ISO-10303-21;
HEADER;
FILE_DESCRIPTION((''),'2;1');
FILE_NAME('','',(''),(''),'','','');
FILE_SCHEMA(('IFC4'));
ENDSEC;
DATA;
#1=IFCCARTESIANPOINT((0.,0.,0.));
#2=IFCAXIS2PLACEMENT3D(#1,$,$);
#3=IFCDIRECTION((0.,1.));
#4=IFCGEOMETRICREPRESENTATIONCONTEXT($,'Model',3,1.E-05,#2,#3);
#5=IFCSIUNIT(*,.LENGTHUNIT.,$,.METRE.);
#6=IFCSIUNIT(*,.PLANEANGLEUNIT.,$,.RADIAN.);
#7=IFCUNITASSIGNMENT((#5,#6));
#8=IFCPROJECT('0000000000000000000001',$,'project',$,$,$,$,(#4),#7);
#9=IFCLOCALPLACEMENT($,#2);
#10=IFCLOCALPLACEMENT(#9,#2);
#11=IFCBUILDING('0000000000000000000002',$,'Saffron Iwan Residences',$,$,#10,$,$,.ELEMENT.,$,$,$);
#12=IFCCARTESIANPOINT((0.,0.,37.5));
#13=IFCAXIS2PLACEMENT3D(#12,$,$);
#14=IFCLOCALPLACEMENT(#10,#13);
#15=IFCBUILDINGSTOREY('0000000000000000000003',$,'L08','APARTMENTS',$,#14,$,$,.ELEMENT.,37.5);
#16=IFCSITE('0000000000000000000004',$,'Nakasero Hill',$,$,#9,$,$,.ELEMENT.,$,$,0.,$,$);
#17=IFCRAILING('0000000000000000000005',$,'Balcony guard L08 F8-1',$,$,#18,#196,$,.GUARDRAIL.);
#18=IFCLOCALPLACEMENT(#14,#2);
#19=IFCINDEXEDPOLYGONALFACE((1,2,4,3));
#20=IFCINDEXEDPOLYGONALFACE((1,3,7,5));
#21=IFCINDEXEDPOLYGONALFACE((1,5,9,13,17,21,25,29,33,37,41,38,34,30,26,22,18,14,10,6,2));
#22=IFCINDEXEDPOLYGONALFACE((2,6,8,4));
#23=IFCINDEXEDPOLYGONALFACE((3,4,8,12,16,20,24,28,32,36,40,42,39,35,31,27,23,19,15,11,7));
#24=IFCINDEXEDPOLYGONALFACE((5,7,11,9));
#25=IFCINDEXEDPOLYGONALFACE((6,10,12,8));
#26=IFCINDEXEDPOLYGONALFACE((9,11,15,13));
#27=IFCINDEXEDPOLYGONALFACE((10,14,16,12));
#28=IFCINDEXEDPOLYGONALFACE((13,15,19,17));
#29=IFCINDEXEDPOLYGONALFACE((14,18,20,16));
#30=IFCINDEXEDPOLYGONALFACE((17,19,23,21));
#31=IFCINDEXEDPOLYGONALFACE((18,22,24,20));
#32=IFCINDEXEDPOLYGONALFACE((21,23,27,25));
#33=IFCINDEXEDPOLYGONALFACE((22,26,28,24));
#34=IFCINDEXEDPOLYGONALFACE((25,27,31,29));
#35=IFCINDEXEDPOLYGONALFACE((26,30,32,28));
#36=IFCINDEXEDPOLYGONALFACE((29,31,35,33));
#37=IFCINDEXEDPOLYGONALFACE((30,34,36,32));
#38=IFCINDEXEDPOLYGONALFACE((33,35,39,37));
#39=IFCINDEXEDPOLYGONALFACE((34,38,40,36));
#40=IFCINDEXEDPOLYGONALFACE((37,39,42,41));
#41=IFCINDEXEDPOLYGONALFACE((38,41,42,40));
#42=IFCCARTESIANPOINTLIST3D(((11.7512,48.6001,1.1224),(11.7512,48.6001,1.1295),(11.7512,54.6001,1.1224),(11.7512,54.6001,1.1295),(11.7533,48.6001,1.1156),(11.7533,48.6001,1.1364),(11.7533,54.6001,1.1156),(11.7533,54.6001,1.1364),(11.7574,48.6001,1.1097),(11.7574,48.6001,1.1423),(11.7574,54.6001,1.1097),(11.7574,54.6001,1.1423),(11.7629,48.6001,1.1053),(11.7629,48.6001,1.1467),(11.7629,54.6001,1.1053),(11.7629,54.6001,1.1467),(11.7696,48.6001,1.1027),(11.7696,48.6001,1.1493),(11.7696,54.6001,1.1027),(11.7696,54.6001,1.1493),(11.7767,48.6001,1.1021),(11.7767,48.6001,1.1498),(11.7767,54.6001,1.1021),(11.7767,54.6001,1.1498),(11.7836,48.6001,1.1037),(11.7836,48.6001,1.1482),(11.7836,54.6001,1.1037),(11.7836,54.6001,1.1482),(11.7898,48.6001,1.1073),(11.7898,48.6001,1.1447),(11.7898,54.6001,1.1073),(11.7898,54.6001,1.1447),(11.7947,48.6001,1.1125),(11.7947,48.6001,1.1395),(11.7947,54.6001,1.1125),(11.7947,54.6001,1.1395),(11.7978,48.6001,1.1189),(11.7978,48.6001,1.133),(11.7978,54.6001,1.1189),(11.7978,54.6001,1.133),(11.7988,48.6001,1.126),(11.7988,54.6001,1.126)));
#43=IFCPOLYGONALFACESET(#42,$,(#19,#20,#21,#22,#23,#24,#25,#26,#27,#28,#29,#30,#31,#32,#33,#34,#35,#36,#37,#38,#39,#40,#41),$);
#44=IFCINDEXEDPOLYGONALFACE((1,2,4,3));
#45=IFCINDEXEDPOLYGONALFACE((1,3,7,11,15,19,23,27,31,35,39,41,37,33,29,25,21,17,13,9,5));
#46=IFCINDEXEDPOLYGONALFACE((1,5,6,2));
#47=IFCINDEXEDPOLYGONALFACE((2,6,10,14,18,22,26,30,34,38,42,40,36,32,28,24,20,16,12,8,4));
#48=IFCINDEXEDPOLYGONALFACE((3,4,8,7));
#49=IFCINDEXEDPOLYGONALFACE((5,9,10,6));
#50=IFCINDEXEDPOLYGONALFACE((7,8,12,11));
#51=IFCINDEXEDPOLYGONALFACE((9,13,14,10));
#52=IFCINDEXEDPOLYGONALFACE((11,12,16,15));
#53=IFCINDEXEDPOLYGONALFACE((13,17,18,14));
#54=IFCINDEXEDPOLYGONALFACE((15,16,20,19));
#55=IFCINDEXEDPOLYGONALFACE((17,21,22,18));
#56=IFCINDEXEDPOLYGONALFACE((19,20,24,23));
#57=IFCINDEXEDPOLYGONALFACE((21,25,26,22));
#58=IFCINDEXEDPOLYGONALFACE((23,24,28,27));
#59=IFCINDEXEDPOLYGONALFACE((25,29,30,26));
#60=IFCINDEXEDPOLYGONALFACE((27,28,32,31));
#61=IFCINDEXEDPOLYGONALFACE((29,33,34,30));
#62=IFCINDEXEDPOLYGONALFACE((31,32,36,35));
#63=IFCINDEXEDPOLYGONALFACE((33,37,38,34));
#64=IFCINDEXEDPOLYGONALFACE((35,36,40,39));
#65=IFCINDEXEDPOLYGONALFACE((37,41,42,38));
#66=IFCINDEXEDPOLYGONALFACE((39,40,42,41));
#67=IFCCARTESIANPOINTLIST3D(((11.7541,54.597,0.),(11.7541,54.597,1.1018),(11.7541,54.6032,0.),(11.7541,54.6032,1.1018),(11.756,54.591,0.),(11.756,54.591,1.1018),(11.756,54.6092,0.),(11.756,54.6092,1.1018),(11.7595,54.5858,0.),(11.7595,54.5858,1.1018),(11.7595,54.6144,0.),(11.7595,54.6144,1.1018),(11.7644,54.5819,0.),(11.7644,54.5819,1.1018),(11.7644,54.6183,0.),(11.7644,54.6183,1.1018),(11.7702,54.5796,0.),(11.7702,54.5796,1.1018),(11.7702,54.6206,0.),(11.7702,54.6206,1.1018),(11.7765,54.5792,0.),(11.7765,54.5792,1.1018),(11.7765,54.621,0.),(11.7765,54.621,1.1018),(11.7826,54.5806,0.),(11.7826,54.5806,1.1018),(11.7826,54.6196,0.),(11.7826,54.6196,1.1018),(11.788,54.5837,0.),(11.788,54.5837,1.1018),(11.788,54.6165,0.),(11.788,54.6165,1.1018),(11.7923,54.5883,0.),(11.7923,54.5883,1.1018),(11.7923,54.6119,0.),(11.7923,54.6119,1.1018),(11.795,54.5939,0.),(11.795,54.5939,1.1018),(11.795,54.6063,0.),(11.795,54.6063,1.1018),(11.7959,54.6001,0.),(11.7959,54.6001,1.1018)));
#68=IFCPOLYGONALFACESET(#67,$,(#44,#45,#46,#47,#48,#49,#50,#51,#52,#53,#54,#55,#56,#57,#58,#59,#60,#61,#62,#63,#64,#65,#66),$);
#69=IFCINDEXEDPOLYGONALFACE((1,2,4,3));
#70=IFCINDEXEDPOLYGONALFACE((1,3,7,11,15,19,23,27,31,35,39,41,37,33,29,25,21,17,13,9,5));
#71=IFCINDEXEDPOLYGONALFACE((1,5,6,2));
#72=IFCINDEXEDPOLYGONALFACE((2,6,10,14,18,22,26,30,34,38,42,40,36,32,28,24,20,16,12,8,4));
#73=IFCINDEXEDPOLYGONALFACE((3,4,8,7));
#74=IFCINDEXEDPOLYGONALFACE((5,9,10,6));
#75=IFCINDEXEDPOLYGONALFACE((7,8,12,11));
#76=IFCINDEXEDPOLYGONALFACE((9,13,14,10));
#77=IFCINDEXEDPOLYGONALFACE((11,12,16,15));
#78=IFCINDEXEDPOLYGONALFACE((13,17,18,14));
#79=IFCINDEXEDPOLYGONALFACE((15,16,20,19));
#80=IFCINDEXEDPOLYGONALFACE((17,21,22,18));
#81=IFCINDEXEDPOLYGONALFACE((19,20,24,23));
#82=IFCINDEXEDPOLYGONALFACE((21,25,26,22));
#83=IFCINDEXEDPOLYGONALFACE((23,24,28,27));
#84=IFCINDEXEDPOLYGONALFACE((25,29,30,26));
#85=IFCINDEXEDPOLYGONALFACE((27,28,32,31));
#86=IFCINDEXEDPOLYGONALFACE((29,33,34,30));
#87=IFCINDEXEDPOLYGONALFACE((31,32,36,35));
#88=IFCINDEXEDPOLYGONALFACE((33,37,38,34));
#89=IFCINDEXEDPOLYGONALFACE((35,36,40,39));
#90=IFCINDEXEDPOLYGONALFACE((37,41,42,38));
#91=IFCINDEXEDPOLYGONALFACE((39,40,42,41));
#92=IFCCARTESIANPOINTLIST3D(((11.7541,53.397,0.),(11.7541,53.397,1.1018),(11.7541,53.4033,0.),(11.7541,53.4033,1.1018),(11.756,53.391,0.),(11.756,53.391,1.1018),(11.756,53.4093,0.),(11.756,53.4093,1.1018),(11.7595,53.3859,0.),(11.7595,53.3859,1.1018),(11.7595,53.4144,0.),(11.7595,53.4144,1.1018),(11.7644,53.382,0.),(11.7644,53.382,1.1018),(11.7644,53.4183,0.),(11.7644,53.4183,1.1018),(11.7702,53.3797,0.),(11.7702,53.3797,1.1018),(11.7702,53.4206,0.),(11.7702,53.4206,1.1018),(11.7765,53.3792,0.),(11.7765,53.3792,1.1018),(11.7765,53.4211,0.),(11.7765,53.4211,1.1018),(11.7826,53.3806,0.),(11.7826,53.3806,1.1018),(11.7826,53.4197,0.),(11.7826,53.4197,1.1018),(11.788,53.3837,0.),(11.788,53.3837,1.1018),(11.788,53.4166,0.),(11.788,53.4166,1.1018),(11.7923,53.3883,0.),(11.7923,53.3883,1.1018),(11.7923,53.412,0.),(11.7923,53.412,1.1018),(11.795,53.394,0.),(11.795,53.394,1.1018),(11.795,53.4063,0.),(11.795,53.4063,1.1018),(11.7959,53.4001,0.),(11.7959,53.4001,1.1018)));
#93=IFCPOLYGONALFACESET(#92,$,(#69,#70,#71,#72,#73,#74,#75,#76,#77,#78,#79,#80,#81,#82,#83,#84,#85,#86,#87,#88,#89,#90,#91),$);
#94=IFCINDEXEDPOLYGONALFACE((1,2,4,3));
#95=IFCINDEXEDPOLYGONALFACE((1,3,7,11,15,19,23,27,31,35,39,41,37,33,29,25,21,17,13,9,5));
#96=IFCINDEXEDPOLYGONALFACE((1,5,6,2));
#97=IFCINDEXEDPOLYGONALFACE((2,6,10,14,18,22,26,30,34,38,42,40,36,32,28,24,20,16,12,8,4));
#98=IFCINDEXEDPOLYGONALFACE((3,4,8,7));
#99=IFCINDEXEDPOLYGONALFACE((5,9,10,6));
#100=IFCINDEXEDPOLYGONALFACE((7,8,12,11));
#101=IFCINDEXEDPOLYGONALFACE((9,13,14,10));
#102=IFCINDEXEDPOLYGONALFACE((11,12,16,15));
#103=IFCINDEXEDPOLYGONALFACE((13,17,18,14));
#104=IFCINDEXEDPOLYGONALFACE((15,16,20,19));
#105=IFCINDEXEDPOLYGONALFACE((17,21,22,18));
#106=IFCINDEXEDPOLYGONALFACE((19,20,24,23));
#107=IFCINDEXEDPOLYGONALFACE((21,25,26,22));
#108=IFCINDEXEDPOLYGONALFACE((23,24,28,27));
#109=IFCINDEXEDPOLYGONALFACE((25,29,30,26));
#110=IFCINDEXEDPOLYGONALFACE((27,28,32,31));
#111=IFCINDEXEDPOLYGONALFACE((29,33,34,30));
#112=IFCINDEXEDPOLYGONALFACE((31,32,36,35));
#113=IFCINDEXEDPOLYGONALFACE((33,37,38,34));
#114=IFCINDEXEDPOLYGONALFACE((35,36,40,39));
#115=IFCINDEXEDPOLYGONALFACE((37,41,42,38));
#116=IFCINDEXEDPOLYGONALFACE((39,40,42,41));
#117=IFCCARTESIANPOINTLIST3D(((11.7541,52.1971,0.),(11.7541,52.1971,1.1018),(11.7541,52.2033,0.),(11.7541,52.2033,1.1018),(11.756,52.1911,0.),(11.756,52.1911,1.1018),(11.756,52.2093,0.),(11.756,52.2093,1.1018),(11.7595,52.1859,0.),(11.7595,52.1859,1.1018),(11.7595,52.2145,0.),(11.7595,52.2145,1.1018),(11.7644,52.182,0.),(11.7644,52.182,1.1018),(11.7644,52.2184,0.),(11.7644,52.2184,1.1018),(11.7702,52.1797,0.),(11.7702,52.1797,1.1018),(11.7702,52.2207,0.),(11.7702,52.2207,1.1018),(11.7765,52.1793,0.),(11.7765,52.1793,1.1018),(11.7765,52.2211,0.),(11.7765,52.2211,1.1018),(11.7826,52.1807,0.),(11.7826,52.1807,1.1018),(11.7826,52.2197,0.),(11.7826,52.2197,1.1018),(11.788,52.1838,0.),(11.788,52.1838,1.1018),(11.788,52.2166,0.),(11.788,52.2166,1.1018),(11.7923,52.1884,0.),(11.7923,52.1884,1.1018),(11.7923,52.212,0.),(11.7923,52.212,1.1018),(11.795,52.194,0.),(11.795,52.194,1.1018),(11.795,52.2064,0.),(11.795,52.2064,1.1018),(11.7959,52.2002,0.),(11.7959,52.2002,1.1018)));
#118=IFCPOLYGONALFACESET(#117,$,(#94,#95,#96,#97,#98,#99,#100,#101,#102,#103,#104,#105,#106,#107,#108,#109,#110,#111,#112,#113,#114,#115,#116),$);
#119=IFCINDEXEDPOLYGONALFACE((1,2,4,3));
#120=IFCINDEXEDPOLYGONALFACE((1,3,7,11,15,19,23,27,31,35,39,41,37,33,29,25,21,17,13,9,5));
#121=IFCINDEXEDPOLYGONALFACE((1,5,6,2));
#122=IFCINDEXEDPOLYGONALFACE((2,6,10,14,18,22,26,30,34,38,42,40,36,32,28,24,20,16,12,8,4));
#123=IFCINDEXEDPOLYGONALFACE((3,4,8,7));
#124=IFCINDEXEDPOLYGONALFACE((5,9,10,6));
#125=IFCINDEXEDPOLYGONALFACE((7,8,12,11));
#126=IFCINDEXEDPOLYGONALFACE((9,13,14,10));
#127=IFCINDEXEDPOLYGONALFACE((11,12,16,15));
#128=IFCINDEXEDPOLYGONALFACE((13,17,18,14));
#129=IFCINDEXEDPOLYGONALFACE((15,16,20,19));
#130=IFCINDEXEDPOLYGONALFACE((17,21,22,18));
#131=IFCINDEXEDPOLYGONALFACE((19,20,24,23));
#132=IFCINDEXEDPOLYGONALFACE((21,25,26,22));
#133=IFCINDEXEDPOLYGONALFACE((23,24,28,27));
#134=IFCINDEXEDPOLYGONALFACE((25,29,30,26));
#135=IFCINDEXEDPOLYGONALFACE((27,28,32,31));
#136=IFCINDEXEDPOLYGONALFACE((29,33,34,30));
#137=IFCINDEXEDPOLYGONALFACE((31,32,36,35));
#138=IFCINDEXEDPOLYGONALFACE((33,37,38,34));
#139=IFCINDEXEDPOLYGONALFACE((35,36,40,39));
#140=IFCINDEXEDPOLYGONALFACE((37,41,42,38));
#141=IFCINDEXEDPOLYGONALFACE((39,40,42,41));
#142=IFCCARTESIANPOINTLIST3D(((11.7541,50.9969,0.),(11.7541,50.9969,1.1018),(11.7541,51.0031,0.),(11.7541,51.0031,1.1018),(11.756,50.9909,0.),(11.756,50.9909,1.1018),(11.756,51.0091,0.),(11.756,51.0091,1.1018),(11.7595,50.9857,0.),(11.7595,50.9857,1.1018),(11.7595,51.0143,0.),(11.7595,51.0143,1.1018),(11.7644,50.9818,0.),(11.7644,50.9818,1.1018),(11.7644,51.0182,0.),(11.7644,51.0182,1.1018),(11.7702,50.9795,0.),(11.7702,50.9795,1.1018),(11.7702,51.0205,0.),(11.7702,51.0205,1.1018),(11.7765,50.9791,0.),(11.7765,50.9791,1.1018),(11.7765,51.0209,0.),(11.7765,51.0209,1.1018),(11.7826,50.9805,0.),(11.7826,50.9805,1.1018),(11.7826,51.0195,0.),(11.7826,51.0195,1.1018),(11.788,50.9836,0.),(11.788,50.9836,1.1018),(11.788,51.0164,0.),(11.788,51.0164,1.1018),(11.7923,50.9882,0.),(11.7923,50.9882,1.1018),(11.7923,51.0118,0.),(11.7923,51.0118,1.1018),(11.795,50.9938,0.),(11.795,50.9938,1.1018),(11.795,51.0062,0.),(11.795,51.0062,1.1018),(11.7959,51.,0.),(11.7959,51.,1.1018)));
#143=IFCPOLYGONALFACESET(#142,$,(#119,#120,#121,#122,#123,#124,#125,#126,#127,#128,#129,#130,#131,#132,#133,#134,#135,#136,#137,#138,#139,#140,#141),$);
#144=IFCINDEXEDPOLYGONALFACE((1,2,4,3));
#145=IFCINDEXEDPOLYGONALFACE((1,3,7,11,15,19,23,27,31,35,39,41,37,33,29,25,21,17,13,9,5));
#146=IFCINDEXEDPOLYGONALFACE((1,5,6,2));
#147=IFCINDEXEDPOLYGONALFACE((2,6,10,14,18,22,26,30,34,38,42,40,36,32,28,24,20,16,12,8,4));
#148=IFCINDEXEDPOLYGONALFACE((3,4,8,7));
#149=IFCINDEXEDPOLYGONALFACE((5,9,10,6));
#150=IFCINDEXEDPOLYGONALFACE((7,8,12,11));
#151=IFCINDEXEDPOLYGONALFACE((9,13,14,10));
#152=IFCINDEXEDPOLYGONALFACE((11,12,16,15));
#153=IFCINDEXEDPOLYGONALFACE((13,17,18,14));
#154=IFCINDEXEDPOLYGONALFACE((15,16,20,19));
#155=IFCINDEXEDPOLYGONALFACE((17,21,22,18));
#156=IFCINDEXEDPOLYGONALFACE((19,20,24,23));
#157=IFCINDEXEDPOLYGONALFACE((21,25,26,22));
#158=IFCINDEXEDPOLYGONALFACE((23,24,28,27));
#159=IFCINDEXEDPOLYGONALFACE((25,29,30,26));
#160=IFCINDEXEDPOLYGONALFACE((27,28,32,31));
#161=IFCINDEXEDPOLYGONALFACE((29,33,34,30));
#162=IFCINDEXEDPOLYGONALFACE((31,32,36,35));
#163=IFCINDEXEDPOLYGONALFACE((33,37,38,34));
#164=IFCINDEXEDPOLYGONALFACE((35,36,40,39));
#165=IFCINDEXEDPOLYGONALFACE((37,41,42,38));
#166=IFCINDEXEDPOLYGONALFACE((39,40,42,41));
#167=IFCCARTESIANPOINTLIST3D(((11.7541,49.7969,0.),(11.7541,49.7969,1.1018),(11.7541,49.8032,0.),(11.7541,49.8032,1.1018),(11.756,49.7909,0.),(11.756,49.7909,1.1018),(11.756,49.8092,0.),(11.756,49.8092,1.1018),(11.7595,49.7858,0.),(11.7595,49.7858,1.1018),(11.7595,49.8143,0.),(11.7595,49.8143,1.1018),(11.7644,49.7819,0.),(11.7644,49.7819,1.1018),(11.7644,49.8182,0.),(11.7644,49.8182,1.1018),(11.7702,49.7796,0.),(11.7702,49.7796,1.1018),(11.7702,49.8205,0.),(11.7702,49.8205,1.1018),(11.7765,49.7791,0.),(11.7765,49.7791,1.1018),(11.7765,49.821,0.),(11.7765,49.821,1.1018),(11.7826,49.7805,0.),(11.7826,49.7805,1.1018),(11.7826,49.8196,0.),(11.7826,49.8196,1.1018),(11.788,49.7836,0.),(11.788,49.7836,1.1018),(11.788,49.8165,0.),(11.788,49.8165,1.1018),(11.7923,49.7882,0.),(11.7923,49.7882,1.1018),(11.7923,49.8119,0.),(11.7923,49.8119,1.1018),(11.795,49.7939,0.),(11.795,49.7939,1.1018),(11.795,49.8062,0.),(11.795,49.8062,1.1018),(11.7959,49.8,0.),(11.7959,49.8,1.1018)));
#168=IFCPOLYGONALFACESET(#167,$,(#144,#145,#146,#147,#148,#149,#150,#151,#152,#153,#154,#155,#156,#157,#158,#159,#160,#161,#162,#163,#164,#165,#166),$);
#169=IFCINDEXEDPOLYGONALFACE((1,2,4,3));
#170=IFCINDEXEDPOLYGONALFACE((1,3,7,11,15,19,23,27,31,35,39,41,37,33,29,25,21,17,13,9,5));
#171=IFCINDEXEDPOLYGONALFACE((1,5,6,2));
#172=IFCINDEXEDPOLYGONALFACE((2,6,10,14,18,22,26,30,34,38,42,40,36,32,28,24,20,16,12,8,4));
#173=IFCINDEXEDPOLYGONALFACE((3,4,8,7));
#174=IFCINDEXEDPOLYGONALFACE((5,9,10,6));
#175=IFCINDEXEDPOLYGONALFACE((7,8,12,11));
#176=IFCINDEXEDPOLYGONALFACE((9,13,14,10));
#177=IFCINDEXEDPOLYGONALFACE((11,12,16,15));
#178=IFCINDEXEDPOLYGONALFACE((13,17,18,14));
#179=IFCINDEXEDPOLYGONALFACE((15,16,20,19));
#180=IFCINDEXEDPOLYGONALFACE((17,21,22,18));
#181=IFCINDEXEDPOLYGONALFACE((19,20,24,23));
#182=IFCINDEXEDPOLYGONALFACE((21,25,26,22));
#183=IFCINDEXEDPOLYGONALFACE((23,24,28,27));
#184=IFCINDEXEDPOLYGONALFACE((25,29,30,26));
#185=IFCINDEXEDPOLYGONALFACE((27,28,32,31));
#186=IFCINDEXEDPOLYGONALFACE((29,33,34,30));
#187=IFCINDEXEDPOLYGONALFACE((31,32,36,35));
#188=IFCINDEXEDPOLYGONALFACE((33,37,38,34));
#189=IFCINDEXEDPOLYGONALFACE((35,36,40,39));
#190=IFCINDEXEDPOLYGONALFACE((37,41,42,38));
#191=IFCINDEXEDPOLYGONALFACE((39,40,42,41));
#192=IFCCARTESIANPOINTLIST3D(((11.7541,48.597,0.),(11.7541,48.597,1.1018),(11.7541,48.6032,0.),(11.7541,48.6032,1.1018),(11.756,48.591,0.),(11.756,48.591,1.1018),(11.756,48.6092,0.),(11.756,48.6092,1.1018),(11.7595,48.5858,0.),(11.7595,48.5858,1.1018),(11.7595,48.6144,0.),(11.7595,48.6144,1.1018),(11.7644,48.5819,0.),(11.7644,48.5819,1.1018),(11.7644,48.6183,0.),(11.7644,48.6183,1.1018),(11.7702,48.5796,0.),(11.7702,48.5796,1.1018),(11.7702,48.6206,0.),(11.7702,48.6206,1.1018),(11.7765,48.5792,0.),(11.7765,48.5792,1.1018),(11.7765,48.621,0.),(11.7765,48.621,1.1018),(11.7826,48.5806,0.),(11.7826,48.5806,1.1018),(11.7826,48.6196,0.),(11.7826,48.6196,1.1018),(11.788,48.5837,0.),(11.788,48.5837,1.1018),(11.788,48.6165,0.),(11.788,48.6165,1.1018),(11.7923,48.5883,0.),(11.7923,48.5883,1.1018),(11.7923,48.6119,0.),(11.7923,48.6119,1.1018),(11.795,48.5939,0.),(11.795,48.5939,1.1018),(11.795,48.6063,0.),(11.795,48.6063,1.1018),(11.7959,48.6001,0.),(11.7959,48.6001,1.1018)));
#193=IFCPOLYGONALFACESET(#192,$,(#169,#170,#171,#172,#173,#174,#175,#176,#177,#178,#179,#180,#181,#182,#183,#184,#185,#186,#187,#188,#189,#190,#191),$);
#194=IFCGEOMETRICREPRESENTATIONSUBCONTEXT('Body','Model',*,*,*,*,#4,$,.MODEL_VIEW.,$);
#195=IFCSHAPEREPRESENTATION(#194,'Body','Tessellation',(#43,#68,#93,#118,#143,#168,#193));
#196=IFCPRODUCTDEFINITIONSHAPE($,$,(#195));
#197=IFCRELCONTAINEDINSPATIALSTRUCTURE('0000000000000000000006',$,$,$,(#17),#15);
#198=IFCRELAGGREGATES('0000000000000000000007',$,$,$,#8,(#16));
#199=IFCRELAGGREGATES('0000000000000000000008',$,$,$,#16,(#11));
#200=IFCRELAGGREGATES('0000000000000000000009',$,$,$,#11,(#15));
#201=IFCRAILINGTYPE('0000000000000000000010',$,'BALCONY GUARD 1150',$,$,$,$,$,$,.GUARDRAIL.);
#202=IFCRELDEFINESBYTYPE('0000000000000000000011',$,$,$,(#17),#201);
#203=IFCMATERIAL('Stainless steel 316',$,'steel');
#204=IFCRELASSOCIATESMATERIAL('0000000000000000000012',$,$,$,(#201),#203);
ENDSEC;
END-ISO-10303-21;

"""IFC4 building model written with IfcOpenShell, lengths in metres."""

from ifc_helpers import new_model, si_unit, direction, frame, origin, origin_2d, place, context, subcontext, project, spatial, circle, extrude, material, type_object, element, save


model = new_model("IFC4")

# Units and contexts
model_context = context("Model", 3, precision=1e-05, world=origin(), true_north=direction((0.0, 1.0)))
body_context = subcontext(model_context, "Body", "Model", "MODEL_VIEW")
ifc_project = project(units=[si_unit("LENGTHUNIT", "METRE"), si_unit("PLANEANGLEUNIT", "RADIAN")], contexts=[model_context])

# Site, building, storey
site_placement = place(None, origin())
site = spatial("IfcSite", under=ifc_project, at=site_placement, Name="Nakasero Hill", CompositionType="ELEMENT", RefElevation=0.0)
building_placement = place(site_placement, origin())
building = spatial("IfcBuilding", under=site, at=building_placement, Name="Saffron Iwan Residences", CompositionType="ELEMENT")
storey_placement = place(building_placement, frame((0.0, 0.0, 37.5)))
storey = spatial("IfcBuildingStorey", under=building, at=storey_placement, Name="L08", Description="APARTMENTS", CompositionType="ELEMENT", Elevation=37.5)

# Railing
ifc_material_1 = material(Name="Stainless steel 316", Category="steel")
railing_type = type_object("IfcRailingType", Name="BALCONY GUARD 1150", PredefinedType="GUARDRAIL", material=ifc_material_1)
railing_placement = place(storey_placement, frame((11.7749, 54.6001, 0.0)))
element("IfcRailing", 1, at=railing_placement, inside=storey, type_object=railing_type, Name="Balcony guard L08 F8-1", PredefinedType="GUARDRAIL", context=body_context, shape_type="SweptSolid", body=[
    extrude(circle(Radius=0.0239, at=origin_2d()), frame((0.0, 0.0, 1.126), z_axis=(0.0, -1.0, 0.0), x_axis=(1.0, 0.0, 0.0)), (0.0, 0.0, 1.0), 6.0),
    extrude(circle(Radius=0.021, at=origin_2d()), origin(), (0.0, 0.0, 1.0), 1.1018),
    extrude(circle(Radius=0.021, at=origin_2d()), frame((0.0, -1.2, 0.0)), (0.0, 0.0, 1.0), 1.1018),
    extrude(circle(Radius=0.021, at=origin_2d()), frame((0.0, -2.3999, 0.0)), (0.0, 0.0, 1.0), 1.1018),
    extrude(circle(Radius=0.021, at=origin_2d()), frame((0.0, -3.6001, 0.0)), (0.0, 0.0, 1.0), 1.1018),
    extrude(circle(Radius=0.021, at=origin_2d()), frame((0.0, -4.8, 0.0)), (0.0, 0.0, 1.0), 1.1018),
    extrude(circle(Radius=0.021, at=origin_2d()), frame((0.0, -6.0, 0.0)), (0.0, 0.0, 1.0), 1.1018),
])

save(model, "model.ifc")
